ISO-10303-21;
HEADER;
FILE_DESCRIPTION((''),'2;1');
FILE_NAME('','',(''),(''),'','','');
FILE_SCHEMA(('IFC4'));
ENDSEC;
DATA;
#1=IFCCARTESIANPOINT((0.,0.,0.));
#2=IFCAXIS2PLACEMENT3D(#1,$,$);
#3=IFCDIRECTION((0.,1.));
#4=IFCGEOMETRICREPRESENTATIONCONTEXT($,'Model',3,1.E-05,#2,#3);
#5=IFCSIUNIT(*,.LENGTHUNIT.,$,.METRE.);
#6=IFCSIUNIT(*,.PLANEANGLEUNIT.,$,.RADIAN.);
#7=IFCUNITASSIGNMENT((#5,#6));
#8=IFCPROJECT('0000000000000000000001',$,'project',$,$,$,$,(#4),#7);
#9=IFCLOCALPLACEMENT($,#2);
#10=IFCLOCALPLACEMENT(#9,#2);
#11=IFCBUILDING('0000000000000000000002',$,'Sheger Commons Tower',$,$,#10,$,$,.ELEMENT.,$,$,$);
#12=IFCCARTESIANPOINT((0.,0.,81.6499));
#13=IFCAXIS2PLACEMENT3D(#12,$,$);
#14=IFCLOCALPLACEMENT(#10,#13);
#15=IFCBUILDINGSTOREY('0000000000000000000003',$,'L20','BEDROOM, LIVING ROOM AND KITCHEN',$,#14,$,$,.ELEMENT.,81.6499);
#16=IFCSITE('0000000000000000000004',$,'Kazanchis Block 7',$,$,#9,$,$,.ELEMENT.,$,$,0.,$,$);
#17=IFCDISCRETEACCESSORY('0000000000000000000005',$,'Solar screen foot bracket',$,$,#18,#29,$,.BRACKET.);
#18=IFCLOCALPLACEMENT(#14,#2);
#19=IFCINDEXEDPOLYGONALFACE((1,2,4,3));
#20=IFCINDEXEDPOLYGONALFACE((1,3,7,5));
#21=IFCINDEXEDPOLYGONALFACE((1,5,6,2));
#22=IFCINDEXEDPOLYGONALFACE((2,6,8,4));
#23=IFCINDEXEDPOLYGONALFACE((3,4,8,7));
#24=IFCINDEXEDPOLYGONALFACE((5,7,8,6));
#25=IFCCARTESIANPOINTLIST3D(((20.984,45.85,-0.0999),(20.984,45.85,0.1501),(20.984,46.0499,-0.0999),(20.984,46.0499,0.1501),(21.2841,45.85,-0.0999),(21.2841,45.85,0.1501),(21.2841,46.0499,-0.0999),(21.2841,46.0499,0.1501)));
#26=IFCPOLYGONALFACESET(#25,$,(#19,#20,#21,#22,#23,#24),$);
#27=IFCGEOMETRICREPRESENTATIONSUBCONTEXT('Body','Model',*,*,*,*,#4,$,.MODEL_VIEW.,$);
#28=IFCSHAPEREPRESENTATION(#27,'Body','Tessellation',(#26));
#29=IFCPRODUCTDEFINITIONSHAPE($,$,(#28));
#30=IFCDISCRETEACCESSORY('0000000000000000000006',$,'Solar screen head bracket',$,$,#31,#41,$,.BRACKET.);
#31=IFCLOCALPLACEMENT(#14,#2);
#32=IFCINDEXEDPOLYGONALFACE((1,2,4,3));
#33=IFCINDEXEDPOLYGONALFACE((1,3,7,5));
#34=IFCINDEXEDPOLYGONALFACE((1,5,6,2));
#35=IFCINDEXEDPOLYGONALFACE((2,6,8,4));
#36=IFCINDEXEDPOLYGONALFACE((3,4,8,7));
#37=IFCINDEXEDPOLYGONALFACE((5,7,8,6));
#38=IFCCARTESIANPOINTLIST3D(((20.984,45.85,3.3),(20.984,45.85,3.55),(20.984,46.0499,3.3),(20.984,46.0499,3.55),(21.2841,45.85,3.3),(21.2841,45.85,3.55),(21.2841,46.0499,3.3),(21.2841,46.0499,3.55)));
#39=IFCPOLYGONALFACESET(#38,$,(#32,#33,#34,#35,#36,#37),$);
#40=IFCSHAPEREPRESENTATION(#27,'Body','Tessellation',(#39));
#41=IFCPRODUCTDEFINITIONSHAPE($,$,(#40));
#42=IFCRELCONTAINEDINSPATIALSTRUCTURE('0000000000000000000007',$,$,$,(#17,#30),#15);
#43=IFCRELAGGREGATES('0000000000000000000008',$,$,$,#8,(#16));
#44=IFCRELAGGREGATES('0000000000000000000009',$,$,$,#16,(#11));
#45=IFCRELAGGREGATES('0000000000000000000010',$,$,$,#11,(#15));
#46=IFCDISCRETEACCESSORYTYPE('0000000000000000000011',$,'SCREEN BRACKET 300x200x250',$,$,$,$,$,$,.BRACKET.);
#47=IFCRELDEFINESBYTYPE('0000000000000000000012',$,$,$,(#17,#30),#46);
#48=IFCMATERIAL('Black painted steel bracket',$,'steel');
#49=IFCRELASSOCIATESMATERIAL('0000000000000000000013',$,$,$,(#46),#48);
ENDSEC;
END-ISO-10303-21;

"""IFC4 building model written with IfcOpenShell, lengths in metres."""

from ifc_helpers import new_model, si_unit, direction, frame, origin, origin_2d, place, context, subcontext, project, spatial, rectangle, extrude, material, type_object, element, save


model = new_model("IFC4")

# Units and contexts
model_context = context("Model", 3, precision=1e-05, world=origin(), true_north=direction((0.0, 1.0)))
body_context = subcontext(model_context, "Body", "Model", "MODEL_VIEW")
ifc_project = project(units=[si_unit("LENGTHUNIT", "METRE"), si_unit("PLANEANGLEUNIT", "RADIAN")], contexts=[model_context])

# Site, building, storey
site_placement = place(None, origin())
site = spatial("IfcSite", under=ifc_project, at=site_placement, Name="Kazanchis Block 7", CompositionType="ELEMENT", RefElevation=0.0)
building_placement = place(site_placement, origin())
building = spatial("IfcBuilding", under=site, at=building_placement, Name="Sheger Commons Tower", CompositionType="ELEMENT")
storey_placement = place(building_placement, frame((0.0, 0.0, 81.6499)))
storey = spatial("IfcBuildingStorey", under=building, at=storey_placement, Name="L20", Description="BEDROOM, LIVING ROOM AND KITCHEN", CompositionType="ELEMENT", Elevation=81.6499)

# Discrete accessories
ifc_material_1 = material(Name="Black painted steel bracket", Category="steel")
discrete_accessory_type = type_object("IfcDiscreteAccessoryType", Name="SCREEN BRACKET 300x200x250", PredefinedType="BRACKET", material=ifc_material_1)
for number, where, z_axis, x_axis, name in (
    (1, (21.134, 45.95, -0.0999), (0.0, 0.0, 1.0), (-1.0, 0.0, 0.0), "Solar screen foot bracket"),
    (2, (21.134, 45.95, 3.3), (0.0, 0.0, 1.0), (-1.0, 0.0, 0.0), "Solar screen head bracket"),
):
    element("IfcDiscreteAccessory", number, at=place(storey_placement, frame(where, z_axis=z_axis, x_axis=x_axis)), inside=storey, type_object=discrete_accessory_type, Name=name, PredefinedType="BRACKET", context=body_context, shape_type="SweptSolid", body=[
        extrude(rectangle(XDim=0.3, YDim=0.2, at=origin_2d()), origin(), (0.0, 0.0, 1.0), 0.25),
    ])

save(model, "model.ifc")
